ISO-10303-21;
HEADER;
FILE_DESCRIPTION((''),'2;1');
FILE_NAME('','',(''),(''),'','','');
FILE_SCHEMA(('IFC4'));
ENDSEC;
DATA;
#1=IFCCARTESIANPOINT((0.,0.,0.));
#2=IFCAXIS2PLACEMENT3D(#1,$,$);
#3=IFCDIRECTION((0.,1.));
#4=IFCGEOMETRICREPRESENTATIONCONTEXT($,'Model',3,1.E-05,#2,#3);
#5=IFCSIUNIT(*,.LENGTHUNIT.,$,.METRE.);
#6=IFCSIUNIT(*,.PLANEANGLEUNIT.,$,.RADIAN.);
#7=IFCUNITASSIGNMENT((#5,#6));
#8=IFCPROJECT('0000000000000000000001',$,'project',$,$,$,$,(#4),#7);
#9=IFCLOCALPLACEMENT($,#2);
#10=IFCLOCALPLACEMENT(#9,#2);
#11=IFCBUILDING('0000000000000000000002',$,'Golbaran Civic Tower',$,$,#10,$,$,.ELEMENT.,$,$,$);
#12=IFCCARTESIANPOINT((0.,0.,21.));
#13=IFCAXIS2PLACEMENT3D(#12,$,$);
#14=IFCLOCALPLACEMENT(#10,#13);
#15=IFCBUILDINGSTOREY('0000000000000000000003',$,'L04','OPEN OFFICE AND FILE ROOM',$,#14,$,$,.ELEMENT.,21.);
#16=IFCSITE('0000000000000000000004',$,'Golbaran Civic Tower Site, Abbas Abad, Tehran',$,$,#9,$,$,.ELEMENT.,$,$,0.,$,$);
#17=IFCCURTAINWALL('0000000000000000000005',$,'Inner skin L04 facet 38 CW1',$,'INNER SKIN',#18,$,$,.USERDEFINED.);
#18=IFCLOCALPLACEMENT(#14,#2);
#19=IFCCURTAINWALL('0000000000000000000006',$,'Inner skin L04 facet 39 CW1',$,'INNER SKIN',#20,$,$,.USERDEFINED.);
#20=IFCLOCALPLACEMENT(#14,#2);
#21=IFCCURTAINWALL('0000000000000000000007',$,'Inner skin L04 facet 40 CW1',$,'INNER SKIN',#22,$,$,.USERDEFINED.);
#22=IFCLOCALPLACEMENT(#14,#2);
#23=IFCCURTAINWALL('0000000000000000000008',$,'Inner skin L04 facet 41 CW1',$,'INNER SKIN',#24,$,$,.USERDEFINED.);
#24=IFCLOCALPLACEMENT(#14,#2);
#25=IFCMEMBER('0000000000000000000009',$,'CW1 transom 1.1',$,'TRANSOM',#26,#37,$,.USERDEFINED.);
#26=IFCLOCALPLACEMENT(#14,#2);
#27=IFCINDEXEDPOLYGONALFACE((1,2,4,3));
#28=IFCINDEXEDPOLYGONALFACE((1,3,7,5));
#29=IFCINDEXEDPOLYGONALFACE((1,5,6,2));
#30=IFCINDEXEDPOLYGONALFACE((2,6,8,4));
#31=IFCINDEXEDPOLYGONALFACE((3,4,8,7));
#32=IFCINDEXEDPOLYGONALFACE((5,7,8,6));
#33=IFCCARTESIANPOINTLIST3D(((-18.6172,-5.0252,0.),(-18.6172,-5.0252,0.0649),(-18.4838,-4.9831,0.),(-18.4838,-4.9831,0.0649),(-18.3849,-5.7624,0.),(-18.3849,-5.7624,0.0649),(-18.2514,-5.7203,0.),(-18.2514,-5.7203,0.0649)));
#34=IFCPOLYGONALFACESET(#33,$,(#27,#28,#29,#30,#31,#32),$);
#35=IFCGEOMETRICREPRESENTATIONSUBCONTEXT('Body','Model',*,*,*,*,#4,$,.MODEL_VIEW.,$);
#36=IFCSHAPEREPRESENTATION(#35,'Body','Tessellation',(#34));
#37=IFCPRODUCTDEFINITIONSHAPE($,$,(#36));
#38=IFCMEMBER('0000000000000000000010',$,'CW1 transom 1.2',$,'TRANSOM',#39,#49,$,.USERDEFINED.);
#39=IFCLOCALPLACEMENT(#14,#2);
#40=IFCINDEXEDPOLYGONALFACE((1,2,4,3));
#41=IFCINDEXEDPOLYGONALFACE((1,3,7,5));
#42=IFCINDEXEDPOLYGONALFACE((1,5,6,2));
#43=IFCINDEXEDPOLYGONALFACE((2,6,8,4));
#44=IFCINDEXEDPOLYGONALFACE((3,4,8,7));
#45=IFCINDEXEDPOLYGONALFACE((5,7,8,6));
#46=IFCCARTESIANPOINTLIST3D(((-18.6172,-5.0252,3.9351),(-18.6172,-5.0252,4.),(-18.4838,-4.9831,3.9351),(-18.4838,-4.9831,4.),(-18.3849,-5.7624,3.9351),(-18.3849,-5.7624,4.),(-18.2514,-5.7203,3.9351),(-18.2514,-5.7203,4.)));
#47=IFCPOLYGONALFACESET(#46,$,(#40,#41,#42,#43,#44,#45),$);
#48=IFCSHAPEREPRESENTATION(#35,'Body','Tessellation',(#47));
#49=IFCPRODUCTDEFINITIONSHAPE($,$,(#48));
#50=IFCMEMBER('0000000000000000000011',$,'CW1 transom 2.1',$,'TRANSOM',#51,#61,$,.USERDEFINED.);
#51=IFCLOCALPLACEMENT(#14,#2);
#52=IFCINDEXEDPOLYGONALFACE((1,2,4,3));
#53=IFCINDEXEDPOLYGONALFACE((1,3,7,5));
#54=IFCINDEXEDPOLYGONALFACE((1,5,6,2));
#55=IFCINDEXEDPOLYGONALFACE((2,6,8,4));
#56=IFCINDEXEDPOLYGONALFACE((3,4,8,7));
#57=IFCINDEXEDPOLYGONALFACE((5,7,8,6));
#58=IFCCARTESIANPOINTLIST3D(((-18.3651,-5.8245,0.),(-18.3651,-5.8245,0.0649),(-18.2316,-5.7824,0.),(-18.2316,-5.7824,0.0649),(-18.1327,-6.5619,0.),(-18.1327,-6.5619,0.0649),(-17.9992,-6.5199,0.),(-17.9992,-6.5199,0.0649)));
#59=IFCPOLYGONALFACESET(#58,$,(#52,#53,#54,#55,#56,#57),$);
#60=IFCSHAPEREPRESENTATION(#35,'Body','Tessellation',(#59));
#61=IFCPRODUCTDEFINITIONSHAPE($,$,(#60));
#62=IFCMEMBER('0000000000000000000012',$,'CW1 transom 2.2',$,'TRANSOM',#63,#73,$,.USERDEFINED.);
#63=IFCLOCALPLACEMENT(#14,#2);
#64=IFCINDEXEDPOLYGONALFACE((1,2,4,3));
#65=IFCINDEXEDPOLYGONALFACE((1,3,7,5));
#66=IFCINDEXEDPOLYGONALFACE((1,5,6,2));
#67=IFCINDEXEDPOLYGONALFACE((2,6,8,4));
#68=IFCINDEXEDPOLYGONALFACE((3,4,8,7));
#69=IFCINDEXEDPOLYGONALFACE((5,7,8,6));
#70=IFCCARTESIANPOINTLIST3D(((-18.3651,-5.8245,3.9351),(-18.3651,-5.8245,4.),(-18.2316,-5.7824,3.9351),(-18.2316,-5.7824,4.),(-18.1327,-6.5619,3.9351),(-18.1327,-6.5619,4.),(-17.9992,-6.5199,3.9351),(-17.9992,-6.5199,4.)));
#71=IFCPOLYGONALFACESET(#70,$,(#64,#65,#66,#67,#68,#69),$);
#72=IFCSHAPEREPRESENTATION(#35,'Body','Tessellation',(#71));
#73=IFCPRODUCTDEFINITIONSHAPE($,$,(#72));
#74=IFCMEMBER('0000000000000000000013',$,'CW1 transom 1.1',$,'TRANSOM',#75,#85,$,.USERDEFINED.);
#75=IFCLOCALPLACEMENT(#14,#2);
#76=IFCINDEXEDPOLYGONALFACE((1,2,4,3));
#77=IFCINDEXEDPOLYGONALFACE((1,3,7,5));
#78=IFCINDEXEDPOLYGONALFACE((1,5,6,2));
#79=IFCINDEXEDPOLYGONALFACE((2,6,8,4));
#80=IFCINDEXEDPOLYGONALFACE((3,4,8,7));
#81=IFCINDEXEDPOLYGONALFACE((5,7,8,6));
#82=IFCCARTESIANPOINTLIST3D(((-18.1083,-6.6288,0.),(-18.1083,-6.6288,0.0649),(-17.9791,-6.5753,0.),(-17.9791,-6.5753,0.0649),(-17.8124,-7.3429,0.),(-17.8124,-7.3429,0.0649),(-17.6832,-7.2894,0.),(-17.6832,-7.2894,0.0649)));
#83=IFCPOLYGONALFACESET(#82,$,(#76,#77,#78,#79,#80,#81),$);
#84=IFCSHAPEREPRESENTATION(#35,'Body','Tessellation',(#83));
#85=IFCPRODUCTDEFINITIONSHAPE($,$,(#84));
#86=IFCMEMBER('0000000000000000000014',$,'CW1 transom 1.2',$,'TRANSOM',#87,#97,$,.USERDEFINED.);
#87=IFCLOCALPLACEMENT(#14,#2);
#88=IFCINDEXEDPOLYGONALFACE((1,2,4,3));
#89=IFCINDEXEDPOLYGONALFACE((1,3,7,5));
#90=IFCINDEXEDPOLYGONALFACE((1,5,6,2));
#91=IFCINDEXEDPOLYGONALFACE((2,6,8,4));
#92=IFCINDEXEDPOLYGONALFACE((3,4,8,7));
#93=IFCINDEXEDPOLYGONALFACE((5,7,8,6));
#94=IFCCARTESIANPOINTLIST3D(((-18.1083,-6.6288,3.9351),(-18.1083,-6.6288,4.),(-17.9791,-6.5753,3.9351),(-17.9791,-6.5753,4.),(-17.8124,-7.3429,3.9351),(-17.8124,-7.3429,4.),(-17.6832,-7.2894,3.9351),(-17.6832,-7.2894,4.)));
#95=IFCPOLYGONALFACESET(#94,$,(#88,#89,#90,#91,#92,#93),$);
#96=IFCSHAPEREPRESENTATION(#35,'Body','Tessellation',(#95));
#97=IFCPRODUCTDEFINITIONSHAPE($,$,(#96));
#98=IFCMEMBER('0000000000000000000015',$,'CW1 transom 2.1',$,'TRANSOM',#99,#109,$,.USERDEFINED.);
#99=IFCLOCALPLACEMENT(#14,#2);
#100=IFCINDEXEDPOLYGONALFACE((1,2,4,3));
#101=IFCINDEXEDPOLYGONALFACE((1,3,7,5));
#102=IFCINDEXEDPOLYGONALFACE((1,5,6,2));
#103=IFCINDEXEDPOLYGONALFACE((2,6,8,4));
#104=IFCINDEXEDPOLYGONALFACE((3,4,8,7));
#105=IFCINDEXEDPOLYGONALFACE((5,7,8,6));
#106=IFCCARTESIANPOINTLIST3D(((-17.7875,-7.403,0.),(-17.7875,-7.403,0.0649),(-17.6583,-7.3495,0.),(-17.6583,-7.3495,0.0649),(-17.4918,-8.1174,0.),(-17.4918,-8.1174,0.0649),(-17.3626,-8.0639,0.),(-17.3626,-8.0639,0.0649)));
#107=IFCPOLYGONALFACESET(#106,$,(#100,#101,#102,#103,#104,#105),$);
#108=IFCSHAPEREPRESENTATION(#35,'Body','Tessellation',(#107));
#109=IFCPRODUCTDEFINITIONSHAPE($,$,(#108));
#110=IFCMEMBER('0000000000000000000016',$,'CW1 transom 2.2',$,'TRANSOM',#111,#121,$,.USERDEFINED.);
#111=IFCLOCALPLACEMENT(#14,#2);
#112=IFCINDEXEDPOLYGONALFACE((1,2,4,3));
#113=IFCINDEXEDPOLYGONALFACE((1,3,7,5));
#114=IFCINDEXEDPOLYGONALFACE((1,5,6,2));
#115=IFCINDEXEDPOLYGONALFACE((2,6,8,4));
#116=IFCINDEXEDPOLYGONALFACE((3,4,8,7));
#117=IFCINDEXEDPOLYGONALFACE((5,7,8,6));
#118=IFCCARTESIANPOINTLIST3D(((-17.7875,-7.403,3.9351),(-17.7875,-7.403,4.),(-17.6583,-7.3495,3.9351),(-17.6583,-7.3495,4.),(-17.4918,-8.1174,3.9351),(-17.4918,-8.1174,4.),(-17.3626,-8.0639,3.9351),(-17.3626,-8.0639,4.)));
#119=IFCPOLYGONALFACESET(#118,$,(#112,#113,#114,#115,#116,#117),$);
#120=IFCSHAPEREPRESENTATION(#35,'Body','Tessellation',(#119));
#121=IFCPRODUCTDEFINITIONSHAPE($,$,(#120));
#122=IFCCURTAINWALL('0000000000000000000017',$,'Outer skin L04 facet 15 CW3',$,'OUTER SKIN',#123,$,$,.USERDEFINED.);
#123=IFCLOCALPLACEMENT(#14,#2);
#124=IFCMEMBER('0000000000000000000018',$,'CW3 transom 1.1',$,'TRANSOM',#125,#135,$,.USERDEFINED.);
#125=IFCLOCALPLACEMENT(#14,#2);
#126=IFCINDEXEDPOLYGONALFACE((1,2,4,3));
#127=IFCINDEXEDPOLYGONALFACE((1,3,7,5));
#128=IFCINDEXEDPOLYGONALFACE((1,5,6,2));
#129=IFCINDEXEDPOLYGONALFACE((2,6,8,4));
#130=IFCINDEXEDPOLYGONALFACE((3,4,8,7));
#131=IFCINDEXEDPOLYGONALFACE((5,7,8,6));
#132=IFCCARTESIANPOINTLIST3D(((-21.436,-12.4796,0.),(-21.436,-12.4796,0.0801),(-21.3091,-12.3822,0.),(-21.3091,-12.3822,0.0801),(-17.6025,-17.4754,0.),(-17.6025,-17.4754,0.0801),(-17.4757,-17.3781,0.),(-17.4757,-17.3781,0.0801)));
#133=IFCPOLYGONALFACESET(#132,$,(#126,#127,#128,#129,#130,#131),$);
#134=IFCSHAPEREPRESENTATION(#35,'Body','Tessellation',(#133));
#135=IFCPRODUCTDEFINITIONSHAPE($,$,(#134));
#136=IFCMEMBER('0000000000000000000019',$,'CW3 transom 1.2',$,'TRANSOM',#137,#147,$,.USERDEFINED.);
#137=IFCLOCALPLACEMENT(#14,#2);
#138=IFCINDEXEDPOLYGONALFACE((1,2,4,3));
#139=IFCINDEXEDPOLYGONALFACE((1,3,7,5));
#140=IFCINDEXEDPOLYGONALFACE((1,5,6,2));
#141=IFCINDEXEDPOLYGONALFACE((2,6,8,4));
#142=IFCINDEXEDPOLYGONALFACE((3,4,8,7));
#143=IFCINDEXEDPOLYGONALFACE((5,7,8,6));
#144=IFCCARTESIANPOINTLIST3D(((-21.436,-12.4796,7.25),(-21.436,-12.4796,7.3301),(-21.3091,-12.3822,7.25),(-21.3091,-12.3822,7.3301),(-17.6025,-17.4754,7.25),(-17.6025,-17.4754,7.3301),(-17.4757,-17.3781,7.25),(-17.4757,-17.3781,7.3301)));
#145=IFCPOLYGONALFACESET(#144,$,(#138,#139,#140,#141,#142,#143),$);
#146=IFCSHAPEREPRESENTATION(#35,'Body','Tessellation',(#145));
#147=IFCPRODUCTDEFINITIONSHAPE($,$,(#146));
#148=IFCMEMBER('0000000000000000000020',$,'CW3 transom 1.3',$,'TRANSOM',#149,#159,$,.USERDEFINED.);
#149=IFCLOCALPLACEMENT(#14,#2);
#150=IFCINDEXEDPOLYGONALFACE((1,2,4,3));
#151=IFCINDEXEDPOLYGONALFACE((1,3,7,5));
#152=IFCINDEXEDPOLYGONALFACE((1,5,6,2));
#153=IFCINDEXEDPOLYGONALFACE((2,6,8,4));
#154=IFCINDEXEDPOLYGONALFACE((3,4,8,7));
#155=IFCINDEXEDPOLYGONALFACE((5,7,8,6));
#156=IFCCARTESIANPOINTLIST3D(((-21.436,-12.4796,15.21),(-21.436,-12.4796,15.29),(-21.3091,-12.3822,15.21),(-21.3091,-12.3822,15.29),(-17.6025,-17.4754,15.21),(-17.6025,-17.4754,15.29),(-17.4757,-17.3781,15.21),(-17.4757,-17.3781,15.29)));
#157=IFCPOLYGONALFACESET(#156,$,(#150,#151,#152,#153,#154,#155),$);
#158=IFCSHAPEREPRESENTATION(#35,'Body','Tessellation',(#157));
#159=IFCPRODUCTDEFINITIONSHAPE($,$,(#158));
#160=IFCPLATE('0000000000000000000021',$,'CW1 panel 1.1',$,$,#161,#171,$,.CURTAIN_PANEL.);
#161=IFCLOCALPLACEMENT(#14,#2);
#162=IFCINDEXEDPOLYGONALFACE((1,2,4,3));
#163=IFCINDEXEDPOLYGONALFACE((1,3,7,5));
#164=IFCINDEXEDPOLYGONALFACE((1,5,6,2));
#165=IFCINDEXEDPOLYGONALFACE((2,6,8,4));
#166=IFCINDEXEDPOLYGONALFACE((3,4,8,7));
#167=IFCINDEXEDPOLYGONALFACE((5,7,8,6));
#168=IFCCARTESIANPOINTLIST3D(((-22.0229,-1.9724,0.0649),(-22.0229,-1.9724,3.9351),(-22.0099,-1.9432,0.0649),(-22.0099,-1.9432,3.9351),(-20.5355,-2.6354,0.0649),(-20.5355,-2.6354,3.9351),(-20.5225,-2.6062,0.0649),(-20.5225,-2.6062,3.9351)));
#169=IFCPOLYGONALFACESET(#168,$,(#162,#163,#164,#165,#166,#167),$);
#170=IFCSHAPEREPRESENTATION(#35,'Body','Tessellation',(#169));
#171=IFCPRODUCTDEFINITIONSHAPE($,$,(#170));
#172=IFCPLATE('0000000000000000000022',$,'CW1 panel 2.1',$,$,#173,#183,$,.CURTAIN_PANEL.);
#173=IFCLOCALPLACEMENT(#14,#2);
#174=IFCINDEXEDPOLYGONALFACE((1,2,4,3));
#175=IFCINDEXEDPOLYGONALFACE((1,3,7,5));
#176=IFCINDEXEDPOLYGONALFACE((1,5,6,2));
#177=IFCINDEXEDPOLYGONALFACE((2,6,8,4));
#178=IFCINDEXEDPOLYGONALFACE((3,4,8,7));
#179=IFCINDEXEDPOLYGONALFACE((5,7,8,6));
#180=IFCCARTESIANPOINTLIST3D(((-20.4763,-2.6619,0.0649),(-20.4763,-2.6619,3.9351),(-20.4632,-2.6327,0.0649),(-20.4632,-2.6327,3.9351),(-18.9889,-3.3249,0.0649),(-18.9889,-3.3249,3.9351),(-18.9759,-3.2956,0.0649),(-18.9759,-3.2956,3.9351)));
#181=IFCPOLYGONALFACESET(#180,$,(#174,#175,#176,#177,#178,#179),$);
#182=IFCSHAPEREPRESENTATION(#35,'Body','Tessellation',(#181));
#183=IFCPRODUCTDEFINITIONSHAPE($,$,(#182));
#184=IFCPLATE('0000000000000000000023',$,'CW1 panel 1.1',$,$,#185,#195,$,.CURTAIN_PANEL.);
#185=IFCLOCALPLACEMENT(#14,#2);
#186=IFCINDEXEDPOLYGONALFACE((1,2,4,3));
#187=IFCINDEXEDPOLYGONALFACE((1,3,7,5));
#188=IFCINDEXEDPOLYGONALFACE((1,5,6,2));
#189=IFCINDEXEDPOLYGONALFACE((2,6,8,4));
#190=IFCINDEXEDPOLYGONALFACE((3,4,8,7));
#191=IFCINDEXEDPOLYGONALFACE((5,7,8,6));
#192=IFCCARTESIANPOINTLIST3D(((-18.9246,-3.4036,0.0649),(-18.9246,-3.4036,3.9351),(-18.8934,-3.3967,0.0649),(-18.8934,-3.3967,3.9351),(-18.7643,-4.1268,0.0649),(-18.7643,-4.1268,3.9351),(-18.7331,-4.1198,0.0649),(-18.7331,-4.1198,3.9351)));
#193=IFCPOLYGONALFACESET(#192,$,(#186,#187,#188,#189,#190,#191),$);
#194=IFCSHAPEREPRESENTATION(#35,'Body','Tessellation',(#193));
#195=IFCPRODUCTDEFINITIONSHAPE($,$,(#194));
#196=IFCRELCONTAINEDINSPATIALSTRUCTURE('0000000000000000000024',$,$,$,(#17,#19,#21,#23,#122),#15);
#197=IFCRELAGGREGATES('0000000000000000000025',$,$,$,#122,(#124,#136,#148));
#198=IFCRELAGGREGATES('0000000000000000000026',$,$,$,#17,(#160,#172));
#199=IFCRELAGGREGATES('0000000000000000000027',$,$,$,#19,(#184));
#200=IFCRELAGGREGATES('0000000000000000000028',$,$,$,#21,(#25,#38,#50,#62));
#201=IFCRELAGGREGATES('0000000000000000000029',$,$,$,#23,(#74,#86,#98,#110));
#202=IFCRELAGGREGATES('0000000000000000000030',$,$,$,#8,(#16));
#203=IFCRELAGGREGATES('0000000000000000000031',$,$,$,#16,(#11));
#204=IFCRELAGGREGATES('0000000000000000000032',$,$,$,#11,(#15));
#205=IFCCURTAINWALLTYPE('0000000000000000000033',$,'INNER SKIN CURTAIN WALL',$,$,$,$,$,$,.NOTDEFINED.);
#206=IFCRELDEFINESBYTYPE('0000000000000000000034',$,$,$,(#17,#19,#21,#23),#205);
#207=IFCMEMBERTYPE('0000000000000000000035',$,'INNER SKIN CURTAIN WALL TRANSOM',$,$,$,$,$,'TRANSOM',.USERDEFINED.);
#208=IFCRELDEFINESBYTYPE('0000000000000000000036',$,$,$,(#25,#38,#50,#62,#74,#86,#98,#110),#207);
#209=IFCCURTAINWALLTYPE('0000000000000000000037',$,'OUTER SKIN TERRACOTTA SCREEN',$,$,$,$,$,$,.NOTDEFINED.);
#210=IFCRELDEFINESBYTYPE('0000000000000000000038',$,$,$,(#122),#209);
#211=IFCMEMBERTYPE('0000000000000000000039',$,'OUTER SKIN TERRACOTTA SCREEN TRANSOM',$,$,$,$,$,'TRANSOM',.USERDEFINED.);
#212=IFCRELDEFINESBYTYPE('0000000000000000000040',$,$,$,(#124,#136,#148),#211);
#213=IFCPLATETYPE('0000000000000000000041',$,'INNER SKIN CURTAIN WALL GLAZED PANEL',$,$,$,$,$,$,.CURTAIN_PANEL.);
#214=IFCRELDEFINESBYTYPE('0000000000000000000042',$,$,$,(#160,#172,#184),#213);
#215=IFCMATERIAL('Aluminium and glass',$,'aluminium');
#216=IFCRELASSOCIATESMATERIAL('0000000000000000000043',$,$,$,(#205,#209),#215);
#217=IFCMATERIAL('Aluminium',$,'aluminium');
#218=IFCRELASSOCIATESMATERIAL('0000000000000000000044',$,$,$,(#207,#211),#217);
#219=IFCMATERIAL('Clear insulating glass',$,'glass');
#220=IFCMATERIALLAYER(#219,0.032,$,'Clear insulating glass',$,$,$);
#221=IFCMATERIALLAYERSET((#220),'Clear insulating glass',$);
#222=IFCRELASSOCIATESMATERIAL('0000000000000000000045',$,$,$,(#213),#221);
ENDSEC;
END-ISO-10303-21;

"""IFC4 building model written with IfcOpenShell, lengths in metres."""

from ifc_helpers import new_model, si_unit, direction, frame, origin, origin_2d, place, context, subcontext, project, spatial, rectangle, extrude, material, layer, layer_set, material_profile, profile_set, type_object, element, aggregate, save


model = new_model("IFC4")

# Units and contexts
model_context = context("Model", 3, precision=1e-05, world=origin(), true_north=direction((0.0, 1.0)))
body_context = subcontext(model_context, "Body", "Model", "MODEL_VIEW")
ifc_project = project(units=[si_unit("LENGTHUNIT", "METRE"), si_unit("PLANEANGLEUNIT", "RADIAN")], contexts=[model_context])

# Site, building, storey
site_placement = place(None, origin())
site = spatial("IfcSite", under=ifc_project, at=site_placement, Name="Golbaran Civic Tower Site, Abbas Abad, Tehran", CompositionType="ELEMENT", RefElevation=0.0)
building_placement = place(site_placement, origin())
building = spatial("IfcBuilding", under=site, at=building_placement, Name="Golbaran Civic Tower", CompositionType="ELEMENT")
storey_placement = place(building_placement, frame((0.0, 0.0, 21.0)))
storey = spatial("IfcBuildingStorey", under=building, at=storey_placement, Name="L04", Description="OPEN OFFICE AND FILE ROOM", CompositionType="ELEMENT", Elevation=21.0)

# Curtain walls
ifc_material_1 = material(Name="Aluminium and glass", Category="aluminium")
curtain_wall_type_1 = type_object("IfcCurtainWallType", Name="INNER SKIN CURTAIN WALL", PredefinedType="NOTDEFINED", material=ifc_material_1)
curtain_wall_1_placement = place(storey_placement, origin())
curtain_wall_1 = element("IfcCurtainWall", 1, at=curtain_wall_1_placement, inside=storey, type_object=curtain_wall_type_1, Name="Inner skin L04 facet 38 CW1", ObjectType="INNER SKIN", PredefinedType="USERDEFINED")
ifc_material_2 = material(Name="Aluminium", Category="aluminium")
curtain_wall_2_placement = place(storey_placement, origin())
curtain_wall_2 = element("IfcCurtainWall", 2, at=curtain_wall_2_placement, inside=storey, type_object=curtain_wall_type_1, Name="Inner skin L04 facet 39 CW1", ObjectType="INNER SKIN", PredefinedType="USERDEFINED")
curtain_wall_3_placement = place(storey_placement, origin())
curtain_wall_3 = element("IfcCurtainWall", 3, at=curtain_wall_3_placement, inside=storey, type_object=curtain_wall_type_1, Name="Inner skin L04 facet 40 CW1", ObjectType="INNER SKIN", PredefinedType="USERDEFINED")
curtain_wall_4_placement = place(storey_placement, origin())
curtain_wall_4 = element("IfcCurtainWall", 4, at=curtain_wall_4_placement, inside=storey, type_object=curtain_wall_type_1, Name="Inner skin L04 facet 41 CW1", ObjectType="INNER SKIN", PredefinedType="USERDEFINED")

# Members
ifc_material_profile_1 = material_profile(ifc_material_2, rectangle(XDim=0.1399, YDim=0.0649, at=origin_2d()), Name="INNER SKIN CURTAIN WALL TRANSOM")
ifc_profile_set_1 = profile_set([ifc_material_profile_1], Name="Aluminium")
member_type_1 = type_object("IfcMemberType", Name="INNER SKIN CURTAIN WALL TRANSOM", ElementType="TRANSOM", PredefinedType="USERDEFINED", material=ifc_profile_set_1)
member_1_placement = place(storey_placement, frame((-18.5505, -5.0042, 0.0325), z_axis=(0.300648, -0.953735, 0.0), x_axis=(0.953735, 0.300648, 0.0)))
member_1 = element("IfcMember", 5, at=member_1_placement, type_object=member_type_1, Name="CW1 transom 1.1", ObjectType="TRANSOM", PredefinedType="USERDEFINED", context=body_context, shape_type="SweptSolid", body=[
    extrude(rectangle(XDim=0.1399, YDim=0.0649, at=origin_2d()), origin(), (0.0, 0.0, 1.0), 0.7729),
])
member_2_placement = place(storey_placement, frame((-18.5505, -5.0042, 3.9675), z_axis=(0.300648, -0.953735, 0.0), x_axis=(0.953735, 0.300648, 0.0)))
member_2 = element("IfcMember", 6, at=member_2_placement, type_object=member_type_1, Name="CW1 transom 1.2", ObjectType="TRANSOM", PredefinedType="USERDEFINED", context=body_context, shape_type="SweptSolid", body=[
    extrude(rectangle(XDim=0.1399, YDim=0.0649, at=origin_2d()), origin(), (0.0, 0.0, 1.0), 0.7729),
])
member_3_placement = place(storey_placement, frame((-18.2983, -5.8035, 0.0325), z_axis=(0.300557, -0.953764, 0.0), x_axis=(0.953764, 0.300557, 0.0)))
member_3 = element("IfcMember", 7, at=member_3_placement, type_object=member_type_1, Name="CW1 transom 2.1", ObjectType="TRANSOM", PredefinedType="USERDEFINED", context=body_context, shape_type="SweptSolid", body=[
    extrude(rectangle(XDim=0.1399, YDim=0.0649, at=origin_2d()), origin(), (0.0, 0.0, 1.0), 0.7732),
])
member_4_placement = place(storey_placement, frame((-18.2983, -5.8035, 3.9675), z_axis=(0.300557, -0.953764, 0.0), x_axis=(0.953764, 0.300557, 0.0)))
member_4 = element("IfcMember", 8, at=member_4_placement, type_object=member_type_1, Name="CW1 transom 2.2", ObjectType="TRANSOM", PredefinedType="USERDEFINED", context=body_context, shape_type="SweptSolid", body=[
    extrude(rectangle(XDim=0.1399, YDim=0.0649, at=origin_2d()), origin(), (0.0, 0.0, 1.0), 0.7732),
])
member_5_placement = place(storey_placement, frame((-18.0437, -6.6021, 0.0325), z_axis=(0.382798, -0.923832, 0.0), x_axis=(0.923832, 0.382798, 0.0)))
member_5 = element("IfcMember", 9, at=member_5_placement, type_object=member_type_1, Name="CW1 transom 1.1", ObjectType="TRANSOM", PredefinedType="USERDEFINED", context=body_context, shape_type="SweptSolid", body=[
    extrude(rectangle(XDim=0.1399, YDim=0.0649, at=origin_2d()), origin(), (0.0, 0.0, 1.0), 0.7729),
])
member_6_placement = place(storey_placement, frame((-18.0437, -6.6021, 3.9675), z_axis=(0.382798, -0.923832, 0.0), x_axis=(0.923832, 0.382798, 0.0)))
member_6 = element("IfcMember", 10, at=member_6_placement, type_object=member_type_1, Name="CW1 transom 1.2", ObjectType="TRANSOM", PredefinedType="USERDEFINED", context=body_context, shape_type="SweptSolid", body=[
    extrude(rectangle(XDim=0.1399, YDim=0.0649, at=origin_2d()), origin(), (0.0, 0.0, 1.0), 0.7729),
])
member_7_placement = place(storey_placement, frame((-17.7229, -7.3762, 0.0325), z_axis=(0.382417, -0.92399, 0.0), x_axis=(0.92399, 0.382417, 0.0)))
member_7 = element("IfcMember", 11, at=member_7_placement, type_object=member_type_1, Name="CW1 transom 2.1", ObjectType="TRANSOM", PredefinedType="USERDEFINED", context=body_context, shape_type="SweptSolid", body=[
    extrude(rectangle(XDim=0.1399, YDim=0.0649, at=origin_2d()), origin(), (0.0, 0.0, 1.0), 0.7732),
])
member_8_placement = place(storey_placement, frame((-17.7229, -7.3762, 3.9675), z_axis=(0.382417, -0.92399, 0.0), x_axis=(0.92399, 0.382417, 0.0)))
member_8 = element("IfcMember", 12, at=member_8_placement, type_object=member_type_1, Name="CW1 transom 2.2", ObjectType="TRANSOM", PredefinedType="USERDEFINED", context=body_context, shape_type="SweptSolid", body=[
    extrude(rectangle(XDim=0.1399, YDim=0.0649, at=origin_2d()), origin(), (0.0, 0.0, 1.0), 0.7732),
])

# Curtain wall, members
curtain_wall_type_2 = type_object("IfcCurtainWallType", Name="OUTER SKIN TERRACOTTA SCREEN", PredefinedType="NOTDEFINED", material=ifc_material_1)
curtain_wall_5_placement = place(storey_placement, origin())
curtain_wall_5 = element("IfcCurtainWall", 13, at=curtain_wall_5_placement, inside=storey, type_object=curtain_wall_type_2, Name="Outer skin L04 facet 15 CW3", ObjectType="OUTER SKIN", PredefinedType="USERDEFINED")
ifc_material_profile_2 = material_profile(ifc_material_2, rectangle(XDim=0.1599, YDim=0.0801, at=origin_2d()), Name="OUTER SKIN TERRACOTTA SCREEN TRANSOM")
ifc_profile_set_2 = profile_set([ifc_material_profile_2], Name="Aluminium")
member_type_2 = type_object("IfcMemberType", Name="OUTER SKIN TERRACOTTA SCREEN TRANSOM", ElementType="TRANSOM", PredefinedType="USERDEFINED", material=ifc_profile_set_2)
member_9_placement = place(storey_placement, frame((-21.3726, -12.4309, 0.04), z_axis=(0.608766, -0.79335, 0.0), x_axis=(0.79335, 0.608766, 0.0)))
member_9 = element("IfcMember", 14, at=member_9_placement, type_object=member_type_2, Name="CW3 transom 1.1", ObjectType="TRANSOM", PredefinedType="USERDEFINED", context=body_context, shape_type="SweptSolid", body=[
    extrude(rectangle(XDim=0.1599, YDim=0.0801, at=origin_2d()), origin(), (0.0, 0.0, 1.0), 6.2971),
])
member_10_placement = place(storey_placement, frame((-21.3726, -12.4309, 7.29), z_axis=(0.608766, -0.79335, 0.0), x_axis=(0.79335, 0.608766, 0.0)))
member_10 = element("IfcMember", 15, at=member_10_placement, type_object=member_type_2, Name="CW3 transom 1.2", ObjectType="TRANSOM", PredefinedType="USERDEFINED", context=body_context, shape_type="SweptSolid", body=[
    extrude(rectangle(XDim=0.1599, YDim=0.0801, at=origin_2d()), origin(), (0.0, 0.0, 1.0), 6.2971),
])
member_11_placement = place(storey_placement, frame((-21.3726, -12.4309, 15.25), z_axis=(0.608766, -0.79335, 0.0), x_axis=(0.79335, 0.608766, 0.0)))
member_11 = element("IfcMember", 16, at=member_11_placement, type_object=member_type_2, Name="CW3 transom 1.3", ObjectType="TRANSOM", PredefinedType="USERDEFINED", context=body_context, shape_type="SweptSolid", body=[
    extrude(rectangle(XDim=0.1599, YDim=0.0801, at=origin_2d()), origin(), (0.0, 0.0, 1.0), 6.2971),
])
aggregate(curtain_wall_5, [member_9, member_10, member_11])

# Plates
ifc_material_3 = material(Name="Clear insulating glass", Category="glass")
ifc_layer_1 = layer(ifc_material_3, 0.032, Name="Clear insulating glass")
ifc_layer_set_1 = layer_set([ifc_layer_1], Name="Clear insulating glass")
plate_type_1 = type_object("IfcPlateType", Name="INNER SKIN CURTAIN WALL GLAZED PANEL", PredefinedType="CURTAIN_PANEL", material=ifc_layer_set_1)
plate_1_placement = place(storey_placement, frame((-21.2727, -2.2893, 0.0649), z_axis=(0.0, 0.0, 1.0), x_axis=(0.913367, -0.407136, 0.0)))
plate_1 = element("IfcPlate", 17, at=plate_1_placement, type_object=plate_type_1, Name="CW1 panel 1.1", PredefinedType="CURTAIN_PANEL", context=body_context, shape_type="SweptSolid", body=[
    extrude(rectangle(XDim=1.6284, YDim=0.032, at=origin_2d()), origin(), (0.0, 0.0, 1.0), 3.8701),
])
plate_2_placement = place(storey_placement, frame((-19.7261, -2.9788, 0.0649), z_axis=(0.0, 0.0, 1.0), x_axis=(0.913367, -0.407136, 0.0)))
plate_2 = element("IfcPlate", 18, at=plate_2_placement, type_object=plate_type_1, Name="CW1 panel 2.1", PredefinedType="CURTAIN_PANEL", context=body_context, shape_type="SweptSolid", body=[
    extrude(rectangle(XDim=1.6284, YDim=0.032, at=origin_2d()), origin(), (0.0, 0.0, 1.0), 3.8701),
])
aggregate(curtain_wall_1, [plate_1, plate_2])
plate_3_placement = place(storey_placement, frame((-18.8289, -3.7617, 0.0649), z_axis=(0.0, 0.0, 1.0), x_axis=(0.21644, -0.976296, 0.0)))
plate_3 = element("IfcPlate", 19, at=plate_3_placement, type_object=plate_type_1, Name="CW1 panel 1.1", PredefinedType="CURTAIN_PANEL", context=body_context, shape_type="SweptSolid", body=[
    extrude(rectangle(XDim=0.7407, YDim=0.032, at=origin_2d()), origin(), (0.0, 0.0, 1.0), 3.8701),
])
aggregate(curtain_wall_2, [plate_3])
aggregate(curtain_wall_3, [member_1, member_2, member_3, member_4])
aggregate(curtain_wall_4, [member_5, member_6, member_7, member_8])

save(model, "model.ifc")
